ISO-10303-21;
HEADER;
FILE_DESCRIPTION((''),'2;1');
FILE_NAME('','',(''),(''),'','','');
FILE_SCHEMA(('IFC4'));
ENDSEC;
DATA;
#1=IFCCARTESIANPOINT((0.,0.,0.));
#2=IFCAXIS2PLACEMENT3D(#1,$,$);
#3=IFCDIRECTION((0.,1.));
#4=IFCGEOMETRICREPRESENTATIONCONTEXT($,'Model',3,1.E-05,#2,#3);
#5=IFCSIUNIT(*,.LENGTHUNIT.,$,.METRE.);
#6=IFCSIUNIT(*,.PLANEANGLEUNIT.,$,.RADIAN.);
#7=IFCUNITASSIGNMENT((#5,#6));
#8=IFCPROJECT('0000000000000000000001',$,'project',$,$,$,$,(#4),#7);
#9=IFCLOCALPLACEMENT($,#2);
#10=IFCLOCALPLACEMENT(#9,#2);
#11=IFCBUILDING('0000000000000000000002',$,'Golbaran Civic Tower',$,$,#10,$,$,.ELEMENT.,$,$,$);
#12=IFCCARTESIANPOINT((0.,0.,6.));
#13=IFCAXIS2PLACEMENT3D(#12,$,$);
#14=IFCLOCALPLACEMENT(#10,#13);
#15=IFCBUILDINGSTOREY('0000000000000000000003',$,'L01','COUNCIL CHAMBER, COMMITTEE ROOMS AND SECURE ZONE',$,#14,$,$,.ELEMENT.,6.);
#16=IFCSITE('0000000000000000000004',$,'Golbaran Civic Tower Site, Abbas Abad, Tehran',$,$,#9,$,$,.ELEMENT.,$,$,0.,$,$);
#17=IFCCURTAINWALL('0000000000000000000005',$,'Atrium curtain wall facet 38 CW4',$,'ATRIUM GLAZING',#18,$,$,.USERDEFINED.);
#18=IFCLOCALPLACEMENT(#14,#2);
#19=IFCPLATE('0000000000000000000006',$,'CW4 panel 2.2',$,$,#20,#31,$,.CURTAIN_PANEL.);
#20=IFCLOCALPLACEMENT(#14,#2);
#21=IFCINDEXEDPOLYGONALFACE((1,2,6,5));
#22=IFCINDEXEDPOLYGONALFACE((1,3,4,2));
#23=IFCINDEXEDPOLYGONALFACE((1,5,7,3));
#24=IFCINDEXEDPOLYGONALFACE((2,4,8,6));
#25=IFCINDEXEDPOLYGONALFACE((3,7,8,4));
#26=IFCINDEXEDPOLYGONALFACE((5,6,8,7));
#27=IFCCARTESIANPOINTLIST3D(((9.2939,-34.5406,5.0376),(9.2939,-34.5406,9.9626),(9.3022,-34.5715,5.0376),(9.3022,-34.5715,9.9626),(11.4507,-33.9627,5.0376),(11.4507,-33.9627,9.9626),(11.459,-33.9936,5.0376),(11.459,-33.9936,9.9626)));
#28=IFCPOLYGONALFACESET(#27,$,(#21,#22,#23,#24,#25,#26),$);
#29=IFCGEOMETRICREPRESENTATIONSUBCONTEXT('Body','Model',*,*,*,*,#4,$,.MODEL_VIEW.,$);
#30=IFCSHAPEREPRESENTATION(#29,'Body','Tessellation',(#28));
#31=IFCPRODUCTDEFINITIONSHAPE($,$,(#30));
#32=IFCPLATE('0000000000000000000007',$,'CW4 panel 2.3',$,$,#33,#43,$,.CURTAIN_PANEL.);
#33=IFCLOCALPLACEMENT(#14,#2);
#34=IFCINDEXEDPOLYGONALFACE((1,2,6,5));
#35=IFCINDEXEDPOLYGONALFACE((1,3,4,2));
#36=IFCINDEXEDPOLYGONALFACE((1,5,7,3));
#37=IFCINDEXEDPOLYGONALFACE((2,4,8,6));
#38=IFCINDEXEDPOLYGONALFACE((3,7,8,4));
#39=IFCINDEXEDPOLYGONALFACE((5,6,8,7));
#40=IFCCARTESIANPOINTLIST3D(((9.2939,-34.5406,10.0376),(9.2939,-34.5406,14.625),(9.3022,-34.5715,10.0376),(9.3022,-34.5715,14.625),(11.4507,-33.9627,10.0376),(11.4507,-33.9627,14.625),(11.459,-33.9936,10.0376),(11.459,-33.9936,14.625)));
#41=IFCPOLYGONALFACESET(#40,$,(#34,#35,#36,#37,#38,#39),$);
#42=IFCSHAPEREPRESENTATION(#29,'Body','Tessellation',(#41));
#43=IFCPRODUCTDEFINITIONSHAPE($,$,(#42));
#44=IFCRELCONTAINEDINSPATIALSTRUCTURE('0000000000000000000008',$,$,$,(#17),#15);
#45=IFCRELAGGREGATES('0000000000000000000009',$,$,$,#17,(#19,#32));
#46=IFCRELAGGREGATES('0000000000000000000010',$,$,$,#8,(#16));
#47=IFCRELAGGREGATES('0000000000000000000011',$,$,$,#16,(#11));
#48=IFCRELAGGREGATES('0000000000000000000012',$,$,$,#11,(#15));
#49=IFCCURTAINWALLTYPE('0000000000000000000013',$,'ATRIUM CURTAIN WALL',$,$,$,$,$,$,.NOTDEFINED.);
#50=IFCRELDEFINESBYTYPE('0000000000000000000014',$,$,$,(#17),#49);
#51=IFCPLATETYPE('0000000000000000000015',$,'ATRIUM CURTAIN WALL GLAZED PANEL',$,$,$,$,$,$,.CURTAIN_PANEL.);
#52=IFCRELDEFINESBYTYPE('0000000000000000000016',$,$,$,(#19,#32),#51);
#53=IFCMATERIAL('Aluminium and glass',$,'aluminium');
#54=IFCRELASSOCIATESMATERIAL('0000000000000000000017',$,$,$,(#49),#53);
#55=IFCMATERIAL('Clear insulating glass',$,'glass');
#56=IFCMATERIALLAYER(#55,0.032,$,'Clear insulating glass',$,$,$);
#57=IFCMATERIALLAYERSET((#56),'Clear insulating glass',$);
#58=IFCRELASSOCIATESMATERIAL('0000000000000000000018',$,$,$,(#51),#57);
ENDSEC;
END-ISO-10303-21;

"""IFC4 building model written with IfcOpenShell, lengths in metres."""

from ifc_helpers import new_model, si_unit, direction, frame, origin, origin_2d, place, context, subcontext, project, spatial, rectangle, extrude, material, layer, layer_set, type_object, element, aggregate, save


model = new_model("IFC4")

# Units and contexts
model_context = context("Model", 3, precision=1e-05, world=origin(), true_north=direction((0.0, 1.0)))
body_context = subcontext(model_context, "Body", "Model", "MODEL_VIEW")
ifc_project = project(units=[si_unit("LENGTHUNIT", "METRE"), si_unit("PLANEANGLEUNIT", "RADIAN")], contexts=[model_context])

# Site, building, storey
site_placement = place(None, origin())
site = spatial("IfcSite", under=ifc_project, at=site_placement, Name="Golbaran Civic Tower Site, Abbas Abad, Tehran", CompositionType="ELEMENT", RefElevation=0.0)
building_placement = place(site_placement, origin())
building = spatial("IfcBuilding", under=site, at=building_placement, Name="Golbaran Civic Tower", CompositionType="ELEMENT")
storey_placement = place(building_placement, frame((0.0, 0.0, 6.0)))
storey = spatial("IfcBuildingStorey", under=building, at=storey_placement, Name="L01", Description="COUNCIL CHAMBER, COMMITTEE ROOMS AND SECURE ZONE", CompositionType="ELEMENT", Elevation=6.0)

# Curtain wall
ifc_material_1 = material(Name="Aluminium and glass", Category="aluminium")
curtain_wall_type = type_object("IfcCurtainWallType", Name="ATRIUM CURTAIN WALL", PredefinedType="NOTDEFINED", material=ifc_material_1)
curtain_wall_1_placement = place(storey_placement, origin())
curtain_wall_1 = element("IfcCurtainWall", 1, at=curtain_wall_1_placement, inside=storey, type_object=curtain_wall_type, Name="Atrium curtain wall facet 38 CW4", ObjectType="ATRIUM GLAZING", PredefinedType="USERDEFINED")

# Plates
ifc_material_2 = material(Name="Clear insulating glass", Category="glass")
ifc_layer = layer(ifc_material_2, 0.032, Name="Clear insulating glass")
ifc_layer_set = layer_set([ifc_layer], Name="Clear insulating glass")
plate_type = type_object("IfcPlateType", Name="ATRIUM CURTAIN WALL GLAZED PANEL", PredefinedType="CURTAIN_PANEL", material=ifc_layer_set)
plate_1_placement = place(storey_placement, frame((10.3765, -34.2671, 5.0376), z_axis=(0.0, 0.0, 1.0), x_axis=(0.965926, 0.258819, 0.0)))
plate_1 = element("IfcPlate", 2, at=plate_1_placement, type_object=plate_type, Name="CW4 panel 2.2", PredefinedType="CURTAIN_PANEL", context=body_context, shape_type="SweptSolid", body=[
    extrude(rectangle(XDim=2.2329, YDim=0.032, at=origin_2d()), origin(), (0.0, 0.0, 1.0), 4.925),
])
plate_2_placement = place(storey_placement, frame((10.3765, -34.2671, 10.0376), z_axis=(0.0, 0.0, 1.0), x_axis=(0.965926, 0.258819, 0.0)))
plate_2 = element("IfcPlate", 3, at=plate_2_placement, type_object=plate_type, Name="CW4 panel 2.3", PredefinedType="CURTAIN_PANEL", context=body_context, shape_type="SweptSolid", body=[
    extrude(rectangle(XDim=2.2329, YDim=0.032, at=origin_2d()), origin(), (0.0, 0.0, 1.0), 4.5874),
])
aggregate(curtain_wall_1, [plate_1, plate_2])

save(model, "model.ifc")
